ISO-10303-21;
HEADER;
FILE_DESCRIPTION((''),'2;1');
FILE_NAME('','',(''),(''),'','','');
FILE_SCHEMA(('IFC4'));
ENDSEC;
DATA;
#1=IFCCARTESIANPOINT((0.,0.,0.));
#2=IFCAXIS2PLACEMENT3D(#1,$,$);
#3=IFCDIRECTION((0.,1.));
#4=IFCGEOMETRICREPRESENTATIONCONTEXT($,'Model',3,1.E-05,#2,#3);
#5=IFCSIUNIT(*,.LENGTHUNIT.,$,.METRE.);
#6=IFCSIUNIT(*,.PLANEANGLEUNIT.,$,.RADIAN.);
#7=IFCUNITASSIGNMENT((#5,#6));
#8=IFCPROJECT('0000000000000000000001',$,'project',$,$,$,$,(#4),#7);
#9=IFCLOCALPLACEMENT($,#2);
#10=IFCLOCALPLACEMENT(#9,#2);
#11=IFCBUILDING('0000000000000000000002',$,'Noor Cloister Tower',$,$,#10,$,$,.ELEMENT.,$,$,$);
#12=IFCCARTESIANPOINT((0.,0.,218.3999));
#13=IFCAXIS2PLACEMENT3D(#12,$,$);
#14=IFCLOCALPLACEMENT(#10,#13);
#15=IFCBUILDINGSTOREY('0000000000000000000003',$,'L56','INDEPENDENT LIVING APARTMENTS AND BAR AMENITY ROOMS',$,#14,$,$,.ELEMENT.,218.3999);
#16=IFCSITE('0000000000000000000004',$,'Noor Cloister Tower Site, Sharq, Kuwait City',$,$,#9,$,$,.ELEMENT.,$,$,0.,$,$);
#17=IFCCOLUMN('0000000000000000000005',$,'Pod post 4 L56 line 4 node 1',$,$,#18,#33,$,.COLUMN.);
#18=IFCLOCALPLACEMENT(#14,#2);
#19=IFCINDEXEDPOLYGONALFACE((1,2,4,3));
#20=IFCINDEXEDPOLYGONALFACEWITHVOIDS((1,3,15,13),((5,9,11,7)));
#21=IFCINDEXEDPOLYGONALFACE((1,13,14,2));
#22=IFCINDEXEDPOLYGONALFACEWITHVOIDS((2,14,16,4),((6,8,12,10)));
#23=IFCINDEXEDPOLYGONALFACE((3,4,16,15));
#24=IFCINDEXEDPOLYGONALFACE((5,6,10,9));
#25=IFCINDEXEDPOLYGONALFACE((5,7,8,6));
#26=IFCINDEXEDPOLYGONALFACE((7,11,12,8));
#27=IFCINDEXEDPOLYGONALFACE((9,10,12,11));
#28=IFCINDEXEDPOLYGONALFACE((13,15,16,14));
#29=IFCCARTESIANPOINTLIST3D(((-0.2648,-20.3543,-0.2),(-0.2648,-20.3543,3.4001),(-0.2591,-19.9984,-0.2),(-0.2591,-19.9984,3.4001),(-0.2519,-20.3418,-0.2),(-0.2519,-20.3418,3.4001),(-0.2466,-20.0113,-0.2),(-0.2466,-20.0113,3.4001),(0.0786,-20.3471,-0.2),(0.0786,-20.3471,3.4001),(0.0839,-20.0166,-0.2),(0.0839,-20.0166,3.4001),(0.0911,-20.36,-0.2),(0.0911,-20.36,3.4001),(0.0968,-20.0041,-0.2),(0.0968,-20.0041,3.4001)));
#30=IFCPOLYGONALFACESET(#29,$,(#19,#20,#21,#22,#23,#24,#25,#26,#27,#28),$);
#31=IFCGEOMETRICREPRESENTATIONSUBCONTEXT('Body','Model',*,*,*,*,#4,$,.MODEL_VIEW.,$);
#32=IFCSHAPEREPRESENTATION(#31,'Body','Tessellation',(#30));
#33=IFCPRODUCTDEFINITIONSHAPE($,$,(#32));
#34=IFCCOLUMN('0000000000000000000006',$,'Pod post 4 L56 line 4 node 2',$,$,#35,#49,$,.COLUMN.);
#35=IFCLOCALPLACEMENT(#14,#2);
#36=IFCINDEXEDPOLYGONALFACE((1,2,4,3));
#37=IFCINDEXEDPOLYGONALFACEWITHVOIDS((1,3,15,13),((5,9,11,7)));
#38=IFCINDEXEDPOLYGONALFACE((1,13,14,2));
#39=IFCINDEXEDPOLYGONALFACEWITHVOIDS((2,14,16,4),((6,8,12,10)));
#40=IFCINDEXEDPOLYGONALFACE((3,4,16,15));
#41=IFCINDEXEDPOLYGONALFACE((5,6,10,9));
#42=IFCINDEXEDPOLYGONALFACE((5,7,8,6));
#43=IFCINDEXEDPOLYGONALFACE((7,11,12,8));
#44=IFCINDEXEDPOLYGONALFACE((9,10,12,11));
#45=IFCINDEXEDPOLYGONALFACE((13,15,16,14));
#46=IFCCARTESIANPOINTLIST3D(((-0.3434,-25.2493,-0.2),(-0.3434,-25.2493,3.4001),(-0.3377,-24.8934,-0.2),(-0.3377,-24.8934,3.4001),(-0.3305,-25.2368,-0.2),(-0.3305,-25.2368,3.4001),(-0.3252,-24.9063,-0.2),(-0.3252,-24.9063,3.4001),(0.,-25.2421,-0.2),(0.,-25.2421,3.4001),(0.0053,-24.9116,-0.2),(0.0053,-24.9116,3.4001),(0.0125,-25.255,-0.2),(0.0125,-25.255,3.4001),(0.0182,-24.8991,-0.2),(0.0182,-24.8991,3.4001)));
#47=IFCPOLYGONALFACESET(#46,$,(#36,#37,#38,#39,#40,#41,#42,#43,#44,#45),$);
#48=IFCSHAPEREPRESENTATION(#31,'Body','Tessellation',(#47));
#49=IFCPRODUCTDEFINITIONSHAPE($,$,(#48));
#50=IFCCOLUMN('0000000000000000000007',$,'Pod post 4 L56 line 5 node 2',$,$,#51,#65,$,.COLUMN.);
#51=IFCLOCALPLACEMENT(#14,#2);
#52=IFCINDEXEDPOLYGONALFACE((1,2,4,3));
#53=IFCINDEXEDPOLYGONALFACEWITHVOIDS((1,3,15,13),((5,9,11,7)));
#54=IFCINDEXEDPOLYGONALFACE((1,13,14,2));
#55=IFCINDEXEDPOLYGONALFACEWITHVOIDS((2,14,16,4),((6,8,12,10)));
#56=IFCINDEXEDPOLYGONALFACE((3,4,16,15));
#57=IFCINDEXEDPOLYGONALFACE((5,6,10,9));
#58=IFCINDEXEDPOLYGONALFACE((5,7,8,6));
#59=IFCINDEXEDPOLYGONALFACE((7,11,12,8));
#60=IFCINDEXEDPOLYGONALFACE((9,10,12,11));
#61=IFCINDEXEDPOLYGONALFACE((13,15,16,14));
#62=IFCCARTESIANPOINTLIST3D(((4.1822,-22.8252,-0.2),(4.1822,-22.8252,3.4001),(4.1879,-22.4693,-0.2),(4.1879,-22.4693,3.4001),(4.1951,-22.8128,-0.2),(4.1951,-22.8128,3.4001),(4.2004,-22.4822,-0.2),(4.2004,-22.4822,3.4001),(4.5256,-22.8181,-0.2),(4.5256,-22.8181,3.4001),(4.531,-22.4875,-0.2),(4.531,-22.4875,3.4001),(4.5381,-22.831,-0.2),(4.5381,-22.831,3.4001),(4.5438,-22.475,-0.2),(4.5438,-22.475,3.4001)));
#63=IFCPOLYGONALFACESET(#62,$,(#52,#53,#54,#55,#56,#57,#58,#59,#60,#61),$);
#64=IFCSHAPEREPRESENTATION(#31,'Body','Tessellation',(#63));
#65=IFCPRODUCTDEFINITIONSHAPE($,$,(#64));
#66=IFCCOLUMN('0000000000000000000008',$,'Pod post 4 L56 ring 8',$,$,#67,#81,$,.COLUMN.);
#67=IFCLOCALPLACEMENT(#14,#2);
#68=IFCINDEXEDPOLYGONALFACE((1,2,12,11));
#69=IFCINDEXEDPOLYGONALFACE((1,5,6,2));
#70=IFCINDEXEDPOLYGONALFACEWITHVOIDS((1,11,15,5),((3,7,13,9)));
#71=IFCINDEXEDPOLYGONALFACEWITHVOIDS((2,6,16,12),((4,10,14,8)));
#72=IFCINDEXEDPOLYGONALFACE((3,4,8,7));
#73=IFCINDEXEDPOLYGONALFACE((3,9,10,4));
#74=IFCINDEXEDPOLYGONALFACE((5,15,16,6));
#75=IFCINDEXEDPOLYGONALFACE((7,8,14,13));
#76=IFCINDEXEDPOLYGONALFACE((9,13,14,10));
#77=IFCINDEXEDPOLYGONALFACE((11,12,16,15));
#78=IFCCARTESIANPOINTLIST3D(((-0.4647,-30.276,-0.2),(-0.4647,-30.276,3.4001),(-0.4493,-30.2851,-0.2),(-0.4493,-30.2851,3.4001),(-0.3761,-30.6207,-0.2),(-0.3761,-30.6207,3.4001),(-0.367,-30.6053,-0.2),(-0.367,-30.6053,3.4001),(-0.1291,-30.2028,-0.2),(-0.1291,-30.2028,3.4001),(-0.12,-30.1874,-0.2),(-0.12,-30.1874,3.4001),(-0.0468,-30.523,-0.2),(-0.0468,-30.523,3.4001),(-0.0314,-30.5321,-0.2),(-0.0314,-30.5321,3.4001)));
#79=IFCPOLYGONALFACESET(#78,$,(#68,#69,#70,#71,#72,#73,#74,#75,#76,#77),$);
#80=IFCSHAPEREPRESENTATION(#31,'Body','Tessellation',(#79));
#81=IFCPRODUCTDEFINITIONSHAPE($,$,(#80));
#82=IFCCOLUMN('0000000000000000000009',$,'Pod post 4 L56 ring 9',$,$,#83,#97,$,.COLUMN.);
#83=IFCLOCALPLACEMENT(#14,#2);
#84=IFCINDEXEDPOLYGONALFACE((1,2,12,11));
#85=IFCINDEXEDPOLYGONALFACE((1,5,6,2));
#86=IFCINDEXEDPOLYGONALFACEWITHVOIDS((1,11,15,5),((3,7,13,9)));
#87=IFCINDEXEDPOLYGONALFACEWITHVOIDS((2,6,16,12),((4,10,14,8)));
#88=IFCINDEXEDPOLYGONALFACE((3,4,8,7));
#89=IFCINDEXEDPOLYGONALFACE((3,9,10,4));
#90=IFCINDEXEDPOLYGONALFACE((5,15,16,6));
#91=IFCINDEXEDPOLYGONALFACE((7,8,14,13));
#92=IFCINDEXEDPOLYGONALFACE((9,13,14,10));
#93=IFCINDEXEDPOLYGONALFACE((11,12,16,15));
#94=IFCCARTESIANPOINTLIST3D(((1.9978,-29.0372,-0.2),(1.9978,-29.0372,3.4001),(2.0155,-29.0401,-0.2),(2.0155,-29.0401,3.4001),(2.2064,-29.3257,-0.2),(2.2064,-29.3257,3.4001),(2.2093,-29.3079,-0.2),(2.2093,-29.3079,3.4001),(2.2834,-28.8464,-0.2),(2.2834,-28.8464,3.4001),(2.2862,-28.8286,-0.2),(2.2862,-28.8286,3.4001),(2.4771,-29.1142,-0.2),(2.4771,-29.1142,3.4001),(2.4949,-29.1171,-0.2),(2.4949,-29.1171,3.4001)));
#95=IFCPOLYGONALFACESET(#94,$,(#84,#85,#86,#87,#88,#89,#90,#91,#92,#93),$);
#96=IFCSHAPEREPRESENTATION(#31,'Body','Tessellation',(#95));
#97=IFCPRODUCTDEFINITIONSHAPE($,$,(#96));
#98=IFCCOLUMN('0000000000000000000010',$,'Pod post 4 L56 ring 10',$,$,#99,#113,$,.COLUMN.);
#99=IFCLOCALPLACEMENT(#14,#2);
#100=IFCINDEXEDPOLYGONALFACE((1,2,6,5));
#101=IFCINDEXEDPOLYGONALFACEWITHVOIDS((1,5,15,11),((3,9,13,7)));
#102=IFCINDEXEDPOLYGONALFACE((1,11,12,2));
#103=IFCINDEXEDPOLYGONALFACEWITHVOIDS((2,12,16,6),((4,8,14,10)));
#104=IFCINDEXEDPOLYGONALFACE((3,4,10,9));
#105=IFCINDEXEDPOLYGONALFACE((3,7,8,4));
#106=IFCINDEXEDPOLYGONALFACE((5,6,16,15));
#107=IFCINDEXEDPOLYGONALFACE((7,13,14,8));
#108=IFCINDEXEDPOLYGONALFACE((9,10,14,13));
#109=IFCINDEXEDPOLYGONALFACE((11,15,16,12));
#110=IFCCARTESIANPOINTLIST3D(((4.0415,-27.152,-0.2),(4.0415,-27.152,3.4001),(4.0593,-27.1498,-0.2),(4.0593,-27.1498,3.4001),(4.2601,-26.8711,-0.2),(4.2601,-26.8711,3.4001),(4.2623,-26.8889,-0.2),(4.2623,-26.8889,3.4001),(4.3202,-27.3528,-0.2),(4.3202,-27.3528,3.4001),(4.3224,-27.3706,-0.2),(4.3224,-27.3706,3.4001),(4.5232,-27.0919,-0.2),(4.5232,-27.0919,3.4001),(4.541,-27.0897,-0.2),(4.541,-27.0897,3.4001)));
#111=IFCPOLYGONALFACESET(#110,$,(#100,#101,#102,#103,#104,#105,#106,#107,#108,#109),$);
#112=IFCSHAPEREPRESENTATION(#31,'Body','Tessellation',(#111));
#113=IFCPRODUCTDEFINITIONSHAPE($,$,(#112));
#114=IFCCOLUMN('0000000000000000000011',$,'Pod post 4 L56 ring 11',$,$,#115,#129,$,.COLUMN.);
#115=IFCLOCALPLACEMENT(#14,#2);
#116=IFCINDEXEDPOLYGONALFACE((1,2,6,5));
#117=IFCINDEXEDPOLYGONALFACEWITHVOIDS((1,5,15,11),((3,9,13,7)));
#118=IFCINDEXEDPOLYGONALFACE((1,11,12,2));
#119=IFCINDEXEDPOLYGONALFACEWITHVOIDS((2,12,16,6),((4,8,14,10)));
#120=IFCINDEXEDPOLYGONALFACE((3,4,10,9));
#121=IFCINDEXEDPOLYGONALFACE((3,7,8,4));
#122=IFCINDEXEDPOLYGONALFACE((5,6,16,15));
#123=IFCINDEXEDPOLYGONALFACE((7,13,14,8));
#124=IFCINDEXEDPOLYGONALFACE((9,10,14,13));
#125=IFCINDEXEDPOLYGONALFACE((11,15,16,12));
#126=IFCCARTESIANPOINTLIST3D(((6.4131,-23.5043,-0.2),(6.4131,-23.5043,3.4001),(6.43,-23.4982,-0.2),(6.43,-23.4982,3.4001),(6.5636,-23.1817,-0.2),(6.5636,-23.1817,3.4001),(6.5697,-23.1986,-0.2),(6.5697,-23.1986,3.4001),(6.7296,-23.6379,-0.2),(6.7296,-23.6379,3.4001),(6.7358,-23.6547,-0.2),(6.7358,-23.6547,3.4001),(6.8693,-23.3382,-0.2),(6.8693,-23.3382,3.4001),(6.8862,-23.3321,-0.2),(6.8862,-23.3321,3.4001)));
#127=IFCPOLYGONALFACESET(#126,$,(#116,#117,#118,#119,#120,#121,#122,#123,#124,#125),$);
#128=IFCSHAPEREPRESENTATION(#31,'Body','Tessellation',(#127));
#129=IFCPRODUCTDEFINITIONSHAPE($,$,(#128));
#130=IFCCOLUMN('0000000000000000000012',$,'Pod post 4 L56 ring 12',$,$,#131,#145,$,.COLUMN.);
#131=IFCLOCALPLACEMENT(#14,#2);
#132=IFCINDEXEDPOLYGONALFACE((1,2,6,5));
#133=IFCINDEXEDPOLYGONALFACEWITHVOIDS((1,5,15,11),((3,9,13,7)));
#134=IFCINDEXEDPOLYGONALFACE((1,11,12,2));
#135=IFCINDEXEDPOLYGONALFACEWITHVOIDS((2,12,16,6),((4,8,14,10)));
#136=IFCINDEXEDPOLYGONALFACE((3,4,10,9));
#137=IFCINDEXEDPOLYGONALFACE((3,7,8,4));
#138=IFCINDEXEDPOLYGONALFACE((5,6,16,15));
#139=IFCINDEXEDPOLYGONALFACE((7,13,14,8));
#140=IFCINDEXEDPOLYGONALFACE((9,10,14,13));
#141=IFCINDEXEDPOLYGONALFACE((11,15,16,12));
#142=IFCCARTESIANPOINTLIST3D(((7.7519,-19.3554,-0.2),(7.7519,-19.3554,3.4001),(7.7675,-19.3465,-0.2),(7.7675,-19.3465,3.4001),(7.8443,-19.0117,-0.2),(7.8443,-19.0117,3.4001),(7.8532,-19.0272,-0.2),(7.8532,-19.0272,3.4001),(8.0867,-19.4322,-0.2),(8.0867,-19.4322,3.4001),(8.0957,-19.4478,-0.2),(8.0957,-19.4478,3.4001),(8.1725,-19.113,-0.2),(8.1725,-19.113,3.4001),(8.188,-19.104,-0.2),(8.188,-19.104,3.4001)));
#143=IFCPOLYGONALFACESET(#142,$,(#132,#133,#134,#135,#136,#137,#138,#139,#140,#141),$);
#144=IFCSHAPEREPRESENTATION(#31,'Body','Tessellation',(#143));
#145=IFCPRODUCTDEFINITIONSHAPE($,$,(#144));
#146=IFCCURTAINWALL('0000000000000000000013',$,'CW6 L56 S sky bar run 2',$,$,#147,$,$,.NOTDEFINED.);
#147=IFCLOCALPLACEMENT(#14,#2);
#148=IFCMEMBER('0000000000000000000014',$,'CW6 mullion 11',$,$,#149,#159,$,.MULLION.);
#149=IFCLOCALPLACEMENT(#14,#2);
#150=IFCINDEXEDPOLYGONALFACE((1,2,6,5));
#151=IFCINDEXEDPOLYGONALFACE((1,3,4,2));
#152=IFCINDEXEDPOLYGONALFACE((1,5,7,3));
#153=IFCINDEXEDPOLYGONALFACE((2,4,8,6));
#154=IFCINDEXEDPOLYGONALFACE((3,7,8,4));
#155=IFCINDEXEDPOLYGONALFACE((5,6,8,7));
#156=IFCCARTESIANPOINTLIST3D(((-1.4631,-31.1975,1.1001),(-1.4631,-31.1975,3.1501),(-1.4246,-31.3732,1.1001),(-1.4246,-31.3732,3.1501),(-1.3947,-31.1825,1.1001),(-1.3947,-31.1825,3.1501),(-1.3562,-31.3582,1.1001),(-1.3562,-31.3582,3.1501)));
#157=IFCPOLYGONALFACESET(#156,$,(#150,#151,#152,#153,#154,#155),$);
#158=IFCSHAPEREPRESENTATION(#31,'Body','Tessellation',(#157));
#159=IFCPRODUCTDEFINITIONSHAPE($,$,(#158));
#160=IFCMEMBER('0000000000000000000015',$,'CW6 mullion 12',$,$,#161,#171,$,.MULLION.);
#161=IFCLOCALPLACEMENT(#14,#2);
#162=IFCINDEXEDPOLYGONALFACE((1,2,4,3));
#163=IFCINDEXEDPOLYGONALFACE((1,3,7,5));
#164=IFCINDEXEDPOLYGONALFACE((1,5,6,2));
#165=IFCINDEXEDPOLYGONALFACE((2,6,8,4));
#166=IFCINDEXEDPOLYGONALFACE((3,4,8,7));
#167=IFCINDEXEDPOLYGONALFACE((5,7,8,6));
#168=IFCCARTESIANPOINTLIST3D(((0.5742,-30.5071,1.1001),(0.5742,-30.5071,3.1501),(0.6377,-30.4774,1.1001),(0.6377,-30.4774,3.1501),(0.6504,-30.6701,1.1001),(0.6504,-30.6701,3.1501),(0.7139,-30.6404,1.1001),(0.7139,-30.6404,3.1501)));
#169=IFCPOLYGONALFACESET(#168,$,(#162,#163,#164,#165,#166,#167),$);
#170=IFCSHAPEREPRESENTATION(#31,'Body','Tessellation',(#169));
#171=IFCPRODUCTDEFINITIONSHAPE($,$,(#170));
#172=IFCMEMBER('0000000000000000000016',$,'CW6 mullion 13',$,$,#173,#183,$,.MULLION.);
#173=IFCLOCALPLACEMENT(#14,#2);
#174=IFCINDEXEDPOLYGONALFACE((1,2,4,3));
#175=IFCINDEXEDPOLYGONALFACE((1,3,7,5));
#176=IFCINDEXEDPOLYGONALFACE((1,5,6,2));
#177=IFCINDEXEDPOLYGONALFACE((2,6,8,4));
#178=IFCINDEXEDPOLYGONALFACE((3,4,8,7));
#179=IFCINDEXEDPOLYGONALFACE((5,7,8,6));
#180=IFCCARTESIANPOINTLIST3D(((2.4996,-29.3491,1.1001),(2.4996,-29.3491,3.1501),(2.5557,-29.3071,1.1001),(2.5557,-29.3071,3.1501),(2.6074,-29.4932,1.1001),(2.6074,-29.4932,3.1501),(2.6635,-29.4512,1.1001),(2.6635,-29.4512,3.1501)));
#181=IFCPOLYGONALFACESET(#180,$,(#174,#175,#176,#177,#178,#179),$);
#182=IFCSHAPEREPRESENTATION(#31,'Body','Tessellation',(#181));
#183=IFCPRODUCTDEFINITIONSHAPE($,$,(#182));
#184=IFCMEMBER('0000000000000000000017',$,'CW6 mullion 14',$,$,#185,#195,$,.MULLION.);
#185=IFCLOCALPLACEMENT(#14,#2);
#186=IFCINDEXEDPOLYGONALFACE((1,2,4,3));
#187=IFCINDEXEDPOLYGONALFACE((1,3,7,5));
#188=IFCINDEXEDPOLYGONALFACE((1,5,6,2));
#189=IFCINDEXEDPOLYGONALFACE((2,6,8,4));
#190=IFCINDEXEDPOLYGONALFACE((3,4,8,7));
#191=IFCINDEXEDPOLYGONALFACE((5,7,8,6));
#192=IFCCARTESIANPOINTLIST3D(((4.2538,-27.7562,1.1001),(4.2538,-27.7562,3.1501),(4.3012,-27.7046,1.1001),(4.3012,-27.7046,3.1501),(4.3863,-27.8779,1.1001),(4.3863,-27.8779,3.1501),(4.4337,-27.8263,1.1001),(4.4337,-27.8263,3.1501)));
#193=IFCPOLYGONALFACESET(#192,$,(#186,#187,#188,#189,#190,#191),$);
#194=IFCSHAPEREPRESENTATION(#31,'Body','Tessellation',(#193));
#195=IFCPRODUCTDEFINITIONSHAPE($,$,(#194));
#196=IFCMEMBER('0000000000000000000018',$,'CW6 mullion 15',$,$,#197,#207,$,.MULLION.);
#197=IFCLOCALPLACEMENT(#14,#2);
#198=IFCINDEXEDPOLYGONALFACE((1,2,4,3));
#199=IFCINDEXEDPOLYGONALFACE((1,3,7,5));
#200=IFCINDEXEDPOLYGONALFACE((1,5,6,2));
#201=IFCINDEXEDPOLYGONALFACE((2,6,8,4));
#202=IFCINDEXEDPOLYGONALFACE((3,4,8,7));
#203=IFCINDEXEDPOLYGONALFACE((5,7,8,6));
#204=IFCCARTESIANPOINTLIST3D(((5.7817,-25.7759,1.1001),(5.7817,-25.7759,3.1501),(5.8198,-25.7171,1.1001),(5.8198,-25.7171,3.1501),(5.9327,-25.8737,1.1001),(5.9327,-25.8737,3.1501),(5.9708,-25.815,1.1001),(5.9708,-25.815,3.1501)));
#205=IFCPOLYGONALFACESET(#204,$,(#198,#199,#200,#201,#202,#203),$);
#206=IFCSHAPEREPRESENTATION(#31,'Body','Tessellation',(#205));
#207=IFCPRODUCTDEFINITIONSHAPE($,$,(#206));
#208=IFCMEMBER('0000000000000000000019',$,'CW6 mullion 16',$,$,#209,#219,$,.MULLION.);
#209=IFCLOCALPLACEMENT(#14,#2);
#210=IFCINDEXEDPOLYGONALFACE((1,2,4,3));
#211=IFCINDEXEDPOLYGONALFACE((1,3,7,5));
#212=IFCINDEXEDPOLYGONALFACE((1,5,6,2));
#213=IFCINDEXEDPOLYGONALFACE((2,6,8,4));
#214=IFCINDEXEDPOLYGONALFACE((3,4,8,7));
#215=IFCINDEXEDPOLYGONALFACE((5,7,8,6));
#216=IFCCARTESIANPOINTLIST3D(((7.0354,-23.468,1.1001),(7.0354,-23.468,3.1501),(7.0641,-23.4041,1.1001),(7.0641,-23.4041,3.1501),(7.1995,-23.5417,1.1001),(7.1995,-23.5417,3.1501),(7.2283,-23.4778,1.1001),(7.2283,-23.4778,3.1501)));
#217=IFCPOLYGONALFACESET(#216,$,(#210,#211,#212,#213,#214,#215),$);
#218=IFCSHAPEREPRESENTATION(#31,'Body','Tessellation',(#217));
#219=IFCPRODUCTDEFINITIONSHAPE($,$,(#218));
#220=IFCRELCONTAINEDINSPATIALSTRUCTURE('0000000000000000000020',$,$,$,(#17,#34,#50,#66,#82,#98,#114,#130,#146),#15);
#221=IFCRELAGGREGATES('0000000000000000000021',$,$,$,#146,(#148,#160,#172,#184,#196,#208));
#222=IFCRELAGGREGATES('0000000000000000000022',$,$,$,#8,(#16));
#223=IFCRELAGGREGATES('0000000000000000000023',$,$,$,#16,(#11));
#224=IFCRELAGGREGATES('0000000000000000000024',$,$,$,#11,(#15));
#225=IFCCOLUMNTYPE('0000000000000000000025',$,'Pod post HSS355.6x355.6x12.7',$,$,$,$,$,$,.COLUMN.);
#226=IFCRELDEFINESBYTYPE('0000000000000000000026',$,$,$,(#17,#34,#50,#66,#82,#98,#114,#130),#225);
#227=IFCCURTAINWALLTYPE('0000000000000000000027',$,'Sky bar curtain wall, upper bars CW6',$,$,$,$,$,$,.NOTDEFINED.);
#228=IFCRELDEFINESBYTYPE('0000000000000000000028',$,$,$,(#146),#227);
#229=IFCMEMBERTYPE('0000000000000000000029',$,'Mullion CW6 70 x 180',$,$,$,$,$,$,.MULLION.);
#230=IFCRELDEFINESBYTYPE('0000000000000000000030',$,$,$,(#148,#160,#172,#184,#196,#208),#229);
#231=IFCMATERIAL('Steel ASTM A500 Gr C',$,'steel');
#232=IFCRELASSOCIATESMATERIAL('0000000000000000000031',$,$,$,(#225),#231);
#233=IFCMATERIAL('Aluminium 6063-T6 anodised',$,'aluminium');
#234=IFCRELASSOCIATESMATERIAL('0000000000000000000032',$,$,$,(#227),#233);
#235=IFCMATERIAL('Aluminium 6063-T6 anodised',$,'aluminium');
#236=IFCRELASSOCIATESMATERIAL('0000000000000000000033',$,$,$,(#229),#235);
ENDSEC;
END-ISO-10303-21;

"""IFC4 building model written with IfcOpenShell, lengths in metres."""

from ifc_helpers import new_model, si_unit, direction, frame, origin, origin_2d, place, context, subcontext, project, spatial, rectangle, hollow_rectangle, extrude, material, material_profile, profile_set, type_object, element, aggregate, save


model = new_model("IFC4")

# Units and contexts
model_context = context("Model", 3, precision=1e-05, world=origin(), true_north=direction((0.0, 1.0)))
body_context = subcontext(model_context, "Body", "Model", "MODEL_VIEW")
ifc_project = project(units=[si_unit("LENGTHUNIT", "METRE"), si_unit("PLANEANGLEUNIT", "RADIAN")], contexts=[model_context])

# Site, building, storey
site_placement = place(None, origin())
site = spatial("IfcSite", under=ifc_project, at=site_placement, Name="Noor Cloister Tower Site, Sharq, Kuwait City", CompositionType="ELEMENT", RefElevation=0.0)
building_placement = place(site_placement, origin())
building = spatial("IfcBuilding", under=site, at=building_placement, Name="Noor Cloister Tower", CompositionType="ELEMENT")
storey_placement = place(building_placement, frame((0.0, 0.0, 218.3999)))
storey = spatial("IfcBuildingStorey", under=building, at=storey_placement, Name="L56", Description="INDEPENDENT LIVING APARTMENTS AND BAR AMENITY ROOMS", CompositionType="ELEMENT", Elevation=218.3999)

# Columns
ifc_material_1 = material(Name="Steel ASTM A500 Gr C", Category="steel")
ifc_material_profile_1 = material_profile(ifc_material_1, hollow_rectangle(XDim=0.356, YDim=0.356, WallThickness=0.0127, at=origin_2d()), Name="HSS355.6x355.6x12.7")
ifc_profile_set_1 = profile_set([ifc_material_profile_1], Name="Steel ASTM A500 Gr C")
column_type = type_object("IfcColumnType", Name="Pod post HSS355.6x355.6x12.7", PredefinedType="COLUMN", material=ifc_profile_set_1)
for number, where, z_axis, x_axis, name in (
    (1, (-0.084, -20.1792, -0.2), (0.0, 0.0, 1.0), (-0.016039, -0.999871, 0.0), "Pod post 4 L56 line 4 node 1"),
    (2, (-0.1626, -25.0742, -0.2), (0.0, 0.0, 1.0), (-0.016039, -0.999871, 0.0), "Pod post 4 L56 line 4 node 2"),
    (3, (4.363, -22.6501, -0.2), (0.0, 0.0, 1.0), (-0.016039, -0.999871, 0.0), "Pod post 4 L56 line 5 node 2"),
    (4, (-0.248, -30.4041, -0.2), (0.0, 0.0, 1.0), (0.968528, 0.248905, 0.0), "Pod post 4 L56 ring 8"),
    (5, (2.2463, -29.0771, -0.2), (0.0, 0.0, 1.0), (0.810277, 0.586046, 0.0), "Pod post 4 L56 ring 9"),
    (6, (4.2913, -27.1208, -0.2), (0.0, 0.0, 1.0), (0.614122, 0.789211, 0.0), "Pod post 4 L56 ring 10"),
    (7, (6.6497, -23.4182, -0.2), (0.0, 0.0, 1.0), (0.422538, 0.906345, 0.0), "Pod post 4 L56 ring 11"),
    (8, (7.97, -19.2297, -0.2), (0.0, 0.0, 1.0), (0.259465, 0.965752, 0.0), "Pod post 4 L56 ring 12"),
):
    element("IfcColumn", number, at=place(storey_placement, frame(where, z_axis=z_axis, x_axis=x_axis)), inside=storey, type_object=column_type, Name=name, PredefinedType="COLUMN", context=body_context, shape_type="SweptSolid", body=[
        extrude(hollow_rectangle(XDim=0.356, YDim=0.356, WallThickness=0.0127, at=origin_2d()), origin(), (0.0, 0.0, 1.0), 3.6001),
    ])

# Curtain wall, members
ifc_material_2 = material(Name="Aluminium 6063-T6 anodised", Category="aluminium")
curtain_wall_type = type_object("IfcCurtainWallType", Name="Sky bar curtain wall, upper bars CW6", PredefinedType="NOTDEFINED", material=ifc_material_2)
curtain_wall_placement = place(storey_placement, origin())
curtain_wall = element("IfcCurtainWall", 9, at=curtain_wall_placement, inside=storey, type_object=curtain_wall_type, Name="CW6 L56 S sky bar run 2", PredefinedType="NOTDEFINED")
ifc_material_3 = material(Name="Aluminium 6063-T6 anodised", Category="aluminium")
ifc_material_profile_2 = material_profile(ifc_material_3, rectangle(XDim=0.1799, YDim=0.0701, at=origin_2d()), Name="180 x 70 mullion")
ifc_profile_set_2 = profile_set([ifc_material_profile_2], Name="Aluminium 6063-T6 anodised")
member_type = type_object("IfcMemberType", Name="Mullion CW6 70 x 180", PredefinedType="MULLION", material=ifc_profile_set_2)
member_1_placement = place(storey_placement, frame((-1.4097, -31.2778, 1.1001), z_axis=(0.0, 0.0, 1.0), x_axis=(-0.214056, 0.976821, 0.0)))
member_1 = element("IfcMember", 10, at=member_1_placement, type_object=member_type, Name="CW6 mullion 11", PredefinedType="MULLION", context=body_context, shape_type="SweptSolid", body=[
    extrude(rectangle(XDim=0.1799, YDim=0.0701, at=origin_2d()), origin(), (0.0, 0.0, 1.0), 2.05),
])
member_2_placement = place(storey_placement, frame((0.644, -30.5737, 1.1001), z_axis=(0.0, 0.0, 1.0), x_axis=(-0.423615, 0.905842, 0.0)))
member_2 = element("IfcMember", 11, at=member_2_placement, type_object=member_type, Name="CW6 mullion 12", PredefinedType="MULLION", context=body_context, shape_type="SweptSolid", body=[
    extrude(rectangle(XDim=0.1799, YDim=0.0701, at=origin_2d()), origin(), (0.0, 0.0, 1.0), 2.05),
])
member_3_placement = place(storey_placement, frame((2.5815, -29.4001, 1.1001), z_axis=(0.0, 0.0, 1.0), x_axis=(-0.599035, 0.800723, 0.0)))
member_3 = element("IfcMember", 12, at=member_3_placement, type_object=member_type, Name="CW6 mullion 13", PredefinedType="MULLION", context=body_context, shape_type="SweptSolid", body=[
    extrude(rectangle(XDim=0.1799, YDim=0.0701, at=origin_2d()), origin(), (0.0, 0.0, 1.0), 2.05),
])
member_4_placement = place(storey_placement, frame((4.3438, -27.7913, 1.1001), z_axis=(0.0, 0.0, 1.0), x_axis=(-0.736555, 0.676377, 0.0)))
member_4 = element("IfcMember", 13, at=member_4_placement, type_object=member_type, Name="CW6 mullion 14", PredefinedType="MULLION", context=body_context, shape_type="SweptSolid", body=[
    extrude(rectangle(XDim=0.1799, YDim=0.0701, at=origin_2d()), origin(), (0.0, 0.0, 1.0), 2.05),
])
member_5_placement = place(storey_placement, frame((5.8762, -25.7954, 1.1001), z_axis=(0.0, 0.0, 1.0), x_axis=(-0.839087, 0.543997, 0.0)))
member_5 = element("IfcMember", 14, at=member_5_placement, type_object=member_type, Name="CW6 mullion 15", PredefinedType="MULLION", context=body_context, shape_type="SweptSolid", body=[
    extrude(rectangle(XDim=0.1799, YDim=0.0701, at=origin_2d()), origin(), (0.0, 0.0, 1.0), 2.05),
])
member_6_placement = place(storey_placement, frame((7.1318, -23.4729, 1.1001), z_axis=(0.0, 0.0, 1.0), x_axis=(-0.91207, 0.410035, 0.0)))
member_6 = element("IfcMember", 15, at=member_6_placement, type_object=member_type, Name="CW6 mullion 16", PredefinedType="MULLION", context=body_context, shape_type="SweptSolid", body=[
    extrude(rectangle(XDim=0.1799, YDim=0.0701, at=origin_2d()), origin(), (0.0, 0.0, 1.0), 2.05),
])

aggregate(curtain_wall, [member_1, member_2, member_3, member_4, member_5, member_6])

save(model, "model.ifc")
